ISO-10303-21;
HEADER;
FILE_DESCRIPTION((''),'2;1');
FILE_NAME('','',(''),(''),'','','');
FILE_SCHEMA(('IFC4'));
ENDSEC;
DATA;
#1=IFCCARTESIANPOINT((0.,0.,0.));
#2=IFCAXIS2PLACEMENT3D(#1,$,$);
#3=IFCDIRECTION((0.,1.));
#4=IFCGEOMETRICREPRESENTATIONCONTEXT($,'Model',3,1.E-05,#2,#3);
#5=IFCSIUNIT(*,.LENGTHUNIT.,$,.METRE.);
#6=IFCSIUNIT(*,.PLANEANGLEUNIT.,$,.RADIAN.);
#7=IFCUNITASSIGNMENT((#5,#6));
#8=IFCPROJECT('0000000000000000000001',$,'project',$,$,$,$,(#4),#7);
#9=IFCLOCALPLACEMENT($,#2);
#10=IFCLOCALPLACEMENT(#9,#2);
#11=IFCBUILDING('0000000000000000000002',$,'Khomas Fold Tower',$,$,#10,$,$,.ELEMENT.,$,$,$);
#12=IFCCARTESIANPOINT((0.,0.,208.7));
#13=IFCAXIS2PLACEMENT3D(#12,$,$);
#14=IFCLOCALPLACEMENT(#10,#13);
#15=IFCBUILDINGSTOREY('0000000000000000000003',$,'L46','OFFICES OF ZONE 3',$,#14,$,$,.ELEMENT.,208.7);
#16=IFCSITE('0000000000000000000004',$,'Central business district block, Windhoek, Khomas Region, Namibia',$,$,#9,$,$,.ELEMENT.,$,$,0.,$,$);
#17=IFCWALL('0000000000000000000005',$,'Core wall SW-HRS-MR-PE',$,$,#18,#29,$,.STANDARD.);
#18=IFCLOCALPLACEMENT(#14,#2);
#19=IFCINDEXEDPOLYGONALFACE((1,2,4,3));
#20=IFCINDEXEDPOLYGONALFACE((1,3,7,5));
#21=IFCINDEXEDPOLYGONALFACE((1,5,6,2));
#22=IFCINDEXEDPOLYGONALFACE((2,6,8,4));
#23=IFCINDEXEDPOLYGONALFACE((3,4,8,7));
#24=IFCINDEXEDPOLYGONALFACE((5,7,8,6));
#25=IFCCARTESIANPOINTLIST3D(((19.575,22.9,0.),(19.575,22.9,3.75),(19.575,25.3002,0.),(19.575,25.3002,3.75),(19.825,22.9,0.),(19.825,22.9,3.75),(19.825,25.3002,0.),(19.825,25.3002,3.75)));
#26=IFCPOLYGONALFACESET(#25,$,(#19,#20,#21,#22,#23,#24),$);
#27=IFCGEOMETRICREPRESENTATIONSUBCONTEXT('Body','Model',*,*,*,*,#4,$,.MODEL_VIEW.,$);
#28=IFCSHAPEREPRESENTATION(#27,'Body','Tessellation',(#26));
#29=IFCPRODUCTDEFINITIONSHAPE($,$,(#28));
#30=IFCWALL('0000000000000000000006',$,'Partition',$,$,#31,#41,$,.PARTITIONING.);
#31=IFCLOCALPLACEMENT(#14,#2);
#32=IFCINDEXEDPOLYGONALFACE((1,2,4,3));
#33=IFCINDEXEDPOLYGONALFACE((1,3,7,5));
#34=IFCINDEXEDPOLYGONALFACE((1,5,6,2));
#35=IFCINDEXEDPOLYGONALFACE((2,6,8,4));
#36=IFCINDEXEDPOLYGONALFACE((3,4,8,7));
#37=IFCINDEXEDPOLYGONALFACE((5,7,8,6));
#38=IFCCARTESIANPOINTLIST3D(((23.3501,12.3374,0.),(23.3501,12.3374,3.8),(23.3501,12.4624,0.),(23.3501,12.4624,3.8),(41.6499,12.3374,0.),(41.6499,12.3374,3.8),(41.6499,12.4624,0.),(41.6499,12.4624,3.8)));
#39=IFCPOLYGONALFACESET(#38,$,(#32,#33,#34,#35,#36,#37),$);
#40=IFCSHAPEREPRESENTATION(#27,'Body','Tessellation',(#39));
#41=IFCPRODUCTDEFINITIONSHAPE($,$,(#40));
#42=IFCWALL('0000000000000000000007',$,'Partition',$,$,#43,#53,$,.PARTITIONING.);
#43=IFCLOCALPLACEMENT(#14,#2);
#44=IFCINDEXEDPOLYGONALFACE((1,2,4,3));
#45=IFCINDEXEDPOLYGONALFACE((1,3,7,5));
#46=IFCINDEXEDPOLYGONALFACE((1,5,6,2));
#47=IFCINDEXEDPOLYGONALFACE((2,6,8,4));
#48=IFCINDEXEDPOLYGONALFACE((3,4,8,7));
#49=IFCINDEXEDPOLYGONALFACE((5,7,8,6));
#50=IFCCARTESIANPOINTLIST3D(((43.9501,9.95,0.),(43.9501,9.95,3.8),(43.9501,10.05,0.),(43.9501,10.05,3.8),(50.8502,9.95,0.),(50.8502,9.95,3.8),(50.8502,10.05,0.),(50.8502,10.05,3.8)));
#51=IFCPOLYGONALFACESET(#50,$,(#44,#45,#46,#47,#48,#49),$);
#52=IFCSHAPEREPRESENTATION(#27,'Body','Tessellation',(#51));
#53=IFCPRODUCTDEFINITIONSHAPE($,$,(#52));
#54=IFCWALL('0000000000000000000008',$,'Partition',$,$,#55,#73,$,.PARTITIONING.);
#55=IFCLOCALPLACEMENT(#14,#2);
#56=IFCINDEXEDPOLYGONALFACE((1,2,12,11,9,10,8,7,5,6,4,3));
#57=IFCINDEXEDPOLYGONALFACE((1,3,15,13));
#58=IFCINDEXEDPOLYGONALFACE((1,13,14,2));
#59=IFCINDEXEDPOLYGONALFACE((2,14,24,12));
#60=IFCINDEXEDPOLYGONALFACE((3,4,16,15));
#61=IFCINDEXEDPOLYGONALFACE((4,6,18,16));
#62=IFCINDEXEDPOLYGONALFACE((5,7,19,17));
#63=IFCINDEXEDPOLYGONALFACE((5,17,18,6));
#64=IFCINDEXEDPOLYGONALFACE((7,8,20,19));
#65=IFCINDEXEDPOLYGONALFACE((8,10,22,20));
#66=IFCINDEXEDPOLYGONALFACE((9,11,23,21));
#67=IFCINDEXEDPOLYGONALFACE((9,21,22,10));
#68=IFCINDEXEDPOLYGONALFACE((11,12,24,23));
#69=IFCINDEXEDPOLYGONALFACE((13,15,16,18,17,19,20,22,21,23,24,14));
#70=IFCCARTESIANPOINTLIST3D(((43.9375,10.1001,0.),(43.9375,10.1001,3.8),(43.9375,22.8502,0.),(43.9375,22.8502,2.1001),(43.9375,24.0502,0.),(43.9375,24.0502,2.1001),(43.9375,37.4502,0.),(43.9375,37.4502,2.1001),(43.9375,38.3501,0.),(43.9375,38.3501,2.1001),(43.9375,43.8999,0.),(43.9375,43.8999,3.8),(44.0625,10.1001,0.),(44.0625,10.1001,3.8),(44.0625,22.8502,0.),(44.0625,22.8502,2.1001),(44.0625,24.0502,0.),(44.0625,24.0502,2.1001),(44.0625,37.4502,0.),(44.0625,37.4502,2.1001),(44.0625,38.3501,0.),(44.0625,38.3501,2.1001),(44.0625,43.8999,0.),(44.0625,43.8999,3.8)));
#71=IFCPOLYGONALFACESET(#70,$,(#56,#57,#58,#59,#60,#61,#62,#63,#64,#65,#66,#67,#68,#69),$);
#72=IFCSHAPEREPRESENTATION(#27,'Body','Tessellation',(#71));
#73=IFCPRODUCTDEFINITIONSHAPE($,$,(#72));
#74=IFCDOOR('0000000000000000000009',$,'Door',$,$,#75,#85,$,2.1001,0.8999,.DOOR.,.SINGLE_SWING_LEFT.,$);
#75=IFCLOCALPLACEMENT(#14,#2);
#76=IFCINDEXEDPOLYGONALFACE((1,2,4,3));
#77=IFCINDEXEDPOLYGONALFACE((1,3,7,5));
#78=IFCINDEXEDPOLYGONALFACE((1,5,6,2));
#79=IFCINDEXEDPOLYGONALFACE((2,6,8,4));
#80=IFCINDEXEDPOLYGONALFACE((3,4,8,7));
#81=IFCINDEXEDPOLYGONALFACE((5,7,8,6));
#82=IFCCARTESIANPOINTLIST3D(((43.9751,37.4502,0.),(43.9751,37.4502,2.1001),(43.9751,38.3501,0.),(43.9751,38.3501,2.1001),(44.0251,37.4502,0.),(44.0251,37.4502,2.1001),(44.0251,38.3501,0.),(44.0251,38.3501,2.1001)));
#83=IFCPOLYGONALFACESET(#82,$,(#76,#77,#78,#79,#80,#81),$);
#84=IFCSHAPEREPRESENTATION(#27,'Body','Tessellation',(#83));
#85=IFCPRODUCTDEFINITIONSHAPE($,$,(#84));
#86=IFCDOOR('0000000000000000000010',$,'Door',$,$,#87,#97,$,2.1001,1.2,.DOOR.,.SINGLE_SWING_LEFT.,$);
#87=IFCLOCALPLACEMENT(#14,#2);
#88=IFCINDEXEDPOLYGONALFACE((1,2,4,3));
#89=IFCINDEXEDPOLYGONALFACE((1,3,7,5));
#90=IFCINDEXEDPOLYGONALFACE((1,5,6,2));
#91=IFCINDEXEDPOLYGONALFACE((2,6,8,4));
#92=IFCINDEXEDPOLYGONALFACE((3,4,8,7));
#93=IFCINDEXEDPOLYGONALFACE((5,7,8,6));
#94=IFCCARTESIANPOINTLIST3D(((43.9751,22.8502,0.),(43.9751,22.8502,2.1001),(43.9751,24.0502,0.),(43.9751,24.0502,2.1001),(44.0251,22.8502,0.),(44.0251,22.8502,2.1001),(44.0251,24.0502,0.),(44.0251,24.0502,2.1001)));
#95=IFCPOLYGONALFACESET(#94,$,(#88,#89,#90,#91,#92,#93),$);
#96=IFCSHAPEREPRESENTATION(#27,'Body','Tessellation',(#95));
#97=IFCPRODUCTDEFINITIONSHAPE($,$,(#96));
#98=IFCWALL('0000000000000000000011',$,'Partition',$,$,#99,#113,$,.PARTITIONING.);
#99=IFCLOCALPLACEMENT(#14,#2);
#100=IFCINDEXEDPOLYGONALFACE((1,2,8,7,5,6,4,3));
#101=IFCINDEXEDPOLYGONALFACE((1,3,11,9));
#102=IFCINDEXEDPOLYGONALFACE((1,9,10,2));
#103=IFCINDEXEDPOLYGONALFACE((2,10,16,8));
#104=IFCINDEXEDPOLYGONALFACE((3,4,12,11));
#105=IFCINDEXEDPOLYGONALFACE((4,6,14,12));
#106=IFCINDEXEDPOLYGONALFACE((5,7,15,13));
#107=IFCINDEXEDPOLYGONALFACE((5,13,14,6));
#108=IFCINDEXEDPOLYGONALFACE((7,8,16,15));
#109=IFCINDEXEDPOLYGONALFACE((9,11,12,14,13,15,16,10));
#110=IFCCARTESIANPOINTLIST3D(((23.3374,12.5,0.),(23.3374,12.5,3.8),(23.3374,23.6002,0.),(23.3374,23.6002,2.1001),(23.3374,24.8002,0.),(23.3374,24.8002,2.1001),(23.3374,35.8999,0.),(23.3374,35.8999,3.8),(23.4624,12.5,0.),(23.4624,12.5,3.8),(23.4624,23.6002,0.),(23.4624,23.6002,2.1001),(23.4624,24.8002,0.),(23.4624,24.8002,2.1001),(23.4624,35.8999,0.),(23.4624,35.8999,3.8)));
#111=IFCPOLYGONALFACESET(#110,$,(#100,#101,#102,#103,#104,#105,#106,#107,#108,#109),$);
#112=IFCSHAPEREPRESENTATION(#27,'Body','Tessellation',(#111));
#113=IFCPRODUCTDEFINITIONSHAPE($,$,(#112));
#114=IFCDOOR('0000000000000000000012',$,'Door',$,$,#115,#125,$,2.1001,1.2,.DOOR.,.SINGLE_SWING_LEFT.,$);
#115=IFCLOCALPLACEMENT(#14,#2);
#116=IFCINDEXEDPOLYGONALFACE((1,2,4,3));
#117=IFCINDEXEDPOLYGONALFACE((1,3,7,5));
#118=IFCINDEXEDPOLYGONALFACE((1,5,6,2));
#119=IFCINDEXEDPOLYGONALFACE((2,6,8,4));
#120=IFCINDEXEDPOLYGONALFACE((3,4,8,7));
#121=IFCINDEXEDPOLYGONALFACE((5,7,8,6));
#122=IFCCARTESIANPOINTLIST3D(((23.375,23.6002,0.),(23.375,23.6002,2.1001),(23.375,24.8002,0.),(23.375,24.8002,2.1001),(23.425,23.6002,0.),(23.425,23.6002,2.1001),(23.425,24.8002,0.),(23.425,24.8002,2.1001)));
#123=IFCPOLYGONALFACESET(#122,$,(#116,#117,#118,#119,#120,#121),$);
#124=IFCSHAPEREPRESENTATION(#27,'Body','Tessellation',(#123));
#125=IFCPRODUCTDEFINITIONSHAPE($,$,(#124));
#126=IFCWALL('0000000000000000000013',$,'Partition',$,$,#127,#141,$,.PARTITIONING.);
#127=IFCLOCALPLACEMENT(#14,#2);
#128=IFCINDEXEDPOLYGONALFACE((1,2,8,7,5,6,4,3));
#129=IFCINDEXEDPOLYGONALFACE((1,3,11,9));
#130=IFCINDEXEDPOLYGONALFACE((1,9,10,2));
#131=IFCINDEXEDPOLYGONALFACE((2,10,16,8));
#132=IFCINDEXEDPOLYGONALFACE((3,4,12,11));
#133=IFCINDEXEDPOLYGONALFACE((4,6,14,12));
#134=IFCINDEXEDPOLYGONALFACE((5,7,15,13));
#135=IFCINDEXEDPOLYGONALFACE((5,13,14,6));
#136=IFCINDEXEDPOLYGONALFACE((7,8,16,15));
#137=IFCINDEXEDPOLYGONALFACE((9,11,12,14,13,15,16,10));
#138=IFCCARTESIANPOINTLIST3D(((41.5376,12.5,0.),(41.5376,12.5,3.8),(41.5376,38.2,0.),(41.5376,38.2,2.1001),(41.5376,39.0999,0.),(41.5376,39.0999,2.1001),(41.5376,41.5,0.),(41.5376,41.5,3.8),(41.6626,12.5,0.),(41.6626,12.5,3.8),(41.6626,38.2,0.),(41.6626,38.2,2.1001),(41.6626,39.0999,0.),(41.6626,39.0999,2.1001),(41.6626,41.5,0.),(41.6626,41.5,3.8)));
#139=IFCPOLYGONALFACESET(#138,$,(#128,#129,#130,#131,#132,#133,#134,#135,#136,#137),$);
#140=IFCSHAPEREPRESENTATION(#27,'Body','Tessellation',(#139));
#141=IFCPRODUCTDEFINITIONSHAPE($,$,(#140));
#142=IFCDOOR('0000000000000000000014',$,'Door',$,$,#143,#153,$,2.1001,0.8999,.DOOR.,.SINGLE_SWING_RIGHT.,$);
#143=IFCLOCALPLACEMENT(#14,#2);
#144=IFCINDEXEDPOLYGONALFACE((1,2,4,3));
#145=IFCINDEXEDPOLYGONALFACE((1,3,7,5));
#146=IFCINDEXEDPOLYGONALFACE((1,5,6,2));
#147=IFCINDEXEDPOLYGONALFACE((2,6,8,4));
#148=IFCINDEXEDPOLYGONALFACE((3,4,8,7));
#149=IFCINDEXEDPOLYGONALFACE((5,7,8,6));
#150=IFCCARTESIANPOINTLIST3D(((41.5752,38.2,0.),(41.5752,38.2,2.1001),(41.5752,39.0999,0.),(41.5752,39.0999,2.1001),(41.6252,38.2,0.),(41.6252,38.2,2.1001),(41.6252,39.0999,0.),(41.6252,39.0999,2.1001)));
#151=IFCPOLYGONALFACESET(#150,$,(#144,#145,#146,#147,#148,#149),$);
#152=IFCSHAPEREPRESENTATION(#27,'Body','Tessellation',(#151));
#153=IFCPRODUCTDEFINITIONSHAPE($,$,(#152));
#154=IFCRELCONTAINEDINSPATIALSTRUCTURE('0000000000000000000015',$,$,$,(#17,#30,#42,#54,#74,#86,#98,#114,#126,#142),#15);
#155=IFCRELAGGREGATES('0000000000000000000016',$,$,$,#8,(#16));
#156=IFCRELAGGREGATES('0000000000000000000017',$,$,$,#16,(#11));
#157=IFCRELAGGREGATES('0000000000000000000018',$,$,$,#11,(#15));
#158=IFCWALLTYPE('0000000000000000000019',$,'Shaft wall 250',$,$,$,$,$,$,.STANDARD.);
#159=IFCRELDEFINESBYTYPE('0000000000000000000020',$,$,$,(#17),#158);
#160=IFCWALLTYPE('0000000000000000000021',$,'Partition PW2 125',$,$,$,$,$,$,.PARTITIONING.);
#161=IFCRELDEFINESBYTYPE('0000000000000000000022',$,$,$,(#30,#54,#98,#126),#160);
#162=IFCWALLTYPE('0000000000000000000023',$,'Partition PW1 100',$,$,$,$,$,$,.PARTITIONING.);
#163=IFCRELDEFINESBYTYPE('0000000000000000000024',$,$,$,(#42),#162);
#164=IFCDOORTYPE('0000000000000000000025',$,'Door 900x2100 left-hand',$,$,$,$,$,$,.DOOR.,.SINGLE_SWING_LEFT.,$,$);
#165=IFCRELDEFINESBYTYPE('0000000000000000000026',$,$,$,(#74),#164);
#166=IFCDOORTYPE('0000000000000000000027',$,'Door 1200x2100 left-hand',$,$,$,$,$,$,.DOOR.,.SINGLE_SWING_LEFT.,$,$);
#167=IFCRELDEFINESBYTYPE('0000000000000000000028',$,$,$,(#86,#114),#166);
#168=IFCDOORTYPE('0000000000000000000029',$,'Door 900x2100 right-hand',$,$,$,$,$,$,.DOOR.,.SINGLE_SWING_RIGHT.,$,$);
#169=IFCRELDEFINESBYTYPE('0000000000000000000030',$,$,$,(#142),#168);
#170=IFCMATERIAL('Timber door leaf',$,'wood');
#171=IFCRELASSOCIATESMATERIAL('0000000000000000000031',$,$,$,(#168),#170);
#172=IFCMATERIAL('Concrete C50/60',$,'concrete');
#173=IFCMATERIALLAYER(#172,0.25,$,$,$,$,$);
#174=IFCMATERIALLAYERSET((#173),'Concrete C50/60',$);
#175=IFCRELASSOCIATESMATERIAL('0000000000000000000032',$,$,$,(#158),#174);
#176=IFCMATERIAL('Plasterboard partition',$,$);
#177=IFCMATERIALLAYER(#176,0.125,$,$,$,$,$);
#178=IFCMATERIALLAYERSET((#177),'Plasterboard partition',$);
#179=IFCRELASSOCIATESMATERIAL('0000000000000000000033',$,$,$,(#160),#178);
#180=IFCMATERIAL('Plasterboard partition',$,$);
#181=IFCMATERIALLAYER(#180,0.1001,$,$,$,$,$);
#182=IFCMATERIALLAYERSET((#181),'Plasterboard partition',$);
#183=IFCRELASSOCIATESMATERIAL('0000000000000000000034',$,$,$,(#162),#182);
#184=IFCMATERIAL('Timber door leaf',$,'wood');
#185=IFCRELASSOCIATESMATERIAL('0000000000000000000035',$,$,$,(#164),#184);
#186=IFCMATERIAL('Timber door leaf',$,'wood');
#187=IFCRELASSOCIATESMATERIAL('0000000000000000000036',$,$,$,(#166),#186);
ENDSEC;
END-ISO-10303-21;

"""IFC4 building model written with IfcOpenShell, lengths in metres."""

from ifc_helpers import new_model, si_unit, direction, frame, frame_2d, origin, place, context, subcontext, project, spatial, rectangle, extrude, source, transform, mapped, material, layer, layer_set, type_object, element, fill, save


model = new_model("IFC4")

# Units and contexts
model_context = context("Model", 3, precision=1e-05, world=origin(), true_north=direction((0.0, 1.0)))
body_context = subcontext(model_context, "Body", "Model", "MODEL_VIEW")
ifc_project = project(units=[si_unit("LENGTHUNIT", "METRE"), si_unit("PLANEANGLEUNIT", "RADIAN")], contexts=[model_context])

# Site, building, storey
site_placement = place(None, origin())
site = spatial("IfcSite", under=ifc_project, at=site_placement, Name="Central business district block, Windhoek, Khomas Region, Namibia", CompositionType="ELEMENT", RefElevation=0.0)
building_placement = place(site_placement, origin())
building = spatial("IfcBuilding", under=site, at=building_placement, Name="Khomas Fold Tower", CompositionType="ELEMENT")
storey_placement = place(building_placement, frame((0.0, 0.0, 208.7)))
storey = spatial("IfcBuildingStorey", under=building, at=storey_placement, Name="L46", Description="OFFICES OF ZONE 3", CompositionType="ELEMENT", Elevation=208.7)

# Shared definitions
ifc_material_1 = material(Name="Timber door leaf", Category="wood")
door_type_1 = type_object("IfcDoorType", Name="Door 900x2100 right-hand", OperationType="SINGLE_SWING_RIGHT", PredefinedType="DOOR", material=ifc_material_1)

# Walls
ifc_material_2 = material(Name="Concrete C50/60", Category="concrete")
ifc_layer_1 = layer(ifc_material_2, 0.25)
ifc_layer_set_1 = layer_set([ifc_layer_1], Name="Concrete C50/60")
wall_type_1 = type_object("IfcWallType", Name="Shaft wall 250", PredefinedType="STANDARD", material=ifc_layer_set_1)
shared_shape_1 = source(origin(), body_context, "Body", "SweptSolid", [
    extrude(rectangle(XDim=2.4001, YDim=0.25, at=frame_2d((1.2002, 0.0))), origin(), (0.0, 0.0, 1.0), 3.75),
])
wall_1_placement = place(storey_placement, frame((19.7, 22.8999, 0.0), z_axis=(0.0, 0.0, 1.0), x_axis=(0.0, 1.0, 0.0)))
element("IfcWall", 1, at=wall_1_placement, inside=storey, type_object=wall_type_1, Name="Core wall SW-HRS-MR-PE", PredefinedType="STANDARD", context=body_context, shape_type="MappedRepresentation", body=[
    mapped(shared_shape_1, transform((0.0, 0.0, 0.0))),
])
ifc_material_3 = material(Name="Plasterboard partition")
ifc_layer_2 = layer(ifc_material_3, 0.125)
ifc_layer_set_2 = layer_set([ifc_layer_2], Name="Plasterboard partition")
wall_type_2 = type_object("IfcWallType", Name="Partition PW2 125", PredefinedType="PARTITIONING", material=ifc_layer_set_2)
shared_shape_2 = source(origin(), body_context, "Body", "SweptSolid", [
    extrude(rectangle(XDim=18.2998, YDim=0.125, at=frame_2d((9.1499, 0.0))), origin(), (0.0, 0.0, 1.0), 3.8),
])
wall_2_placement = place(storey_placement, frame((23.3501, 12.3999, 0.0), z_axis=(0.0, 0.0, 1.0), x_axis=(1.0, 0.0, 0.0)))
element("IfcWall", 2, at=wall_2_placement, inside=storey, type_object=wall_type_2, Name="Partition", PredefinedType="PARTITIONING", context=body_context, shape_type="MappedRepresentation", body=[
    mapped(shared_shape_2, transform((0.0, 0.0, 0.0))),
])
ifc_material_4 = material(Name="Plasterboard partition")
ifc_layer_3 = layer(ifc_material_4, 0.1001)
ifc_layer_set_3 = layer_set([ifc_layer_3], Name="Plasterboard partition")
wall_type_3 = type_object("IfcWallType", Name="Partition PW1 100", PredefinedType="PARTITIONING", material=ifc_layer_set_3)
shared_shape_3 = source(origin(), body_context, "Body", "SweptSolid", [
    extrude(rectangle(XDim=6.9001, YDim=0.1001, at=frame_2d((3.4502, 0.0))), origin(), (0.0, 0.0, 1.0), 3.8),
])
wall_3_placement = place(storey_placement, frame((43.95, 10.0, 0.0), z_axis=(0.0, 0.0, 1.0), x_axis=(1.0, 0.0, 0.0)))
element("IfcWall", 3, at=wall_3_placement, inside=storey, type_object=wall_type_3, Name="Partition", PredefinedType="PARTITIONING", context=body_context, shape_type="MappedRepresentation", body=[
    mapped(shared_shape_3, transform((0.0, 0.0, 0.0))),
])

# Wall, openings, doors
shared_shape_4 = source(origin(), body_context, "Body", "SweptSolid", [
    extrude(rectangle(XDim=33.7998, YDim=0.125, at=frame_2d((16.8999, 0.0))), origin(), (0.0, 0.0, 1.0), 3.8),
])
wall_4_placement = place(storey_placement, frame((44.0, 10.1001, 0.0), z_axis=(0.0, 0.0, 1.0), x_axis=(0.0, 1.0, 0.0)))
wall_4 = element("IfcWall", 4, at=wall_4_placement, inside=storey, type_object=wall_type_2, Name="Partition", PredefinedType="PARTITIONING", context=body_context, shape_type="MappedRepresentation", body=[
    mapped(shared_shape_4, transform((0.0, 0.0, 0.0))),
])
shared_shape_5 = source(origin(), body_context, "Body", "SweptSolid", [
    extrude(rectangle(XDim=1.2, YDim=2.1001, at=frame_2d((0.6001, 1.05))), frame((0.0, 0.0725, 0.0), z_axis=(0.0, -1.0, 0.0), x_axis=(1.0, 0.0, 0.0)), (0.0, 0.0, 1.0), 0.145),
])
opening_1_placement = place(wall_4_placement, frame((12.75, 0.0, 0.0)))
opening_1 = element("IfcOpeningElement", 5, at=opening_1_placement, cuts=wall_4, PredefinedType="OPENING", context=body_context, shape_type="MappedRepresentation", body=[
    mapped(shared_shape_5, transform((0.0, 0.0, 0.0))),
])
shared_shape_6 = source(origin(), body_context, "Body", "SweptSolid", [
    extrude(rectangle(XDim=0.8999, YDim=2.1001, at=frame_2d((0.45, 1.05))), frame((0.0, 0.0725, 0.0), z_axis=(0.0, -1.0, 0.0), x_axis=(1.0, 0.0, 0.0)), (0.0, 0.0, 1.0), 0.145),
])
opening_2_placement = place(wall_4_placement, frame((27.3501, 0.0, 0.0)))
opening_2 = element("IfcOpeningElement", 6, at=opening_2_placement, cuts=wall_4, PredefinedType="OPENING", context=body_context, shape_type="MappedRepresentation", body=[
    mapped(shared_shape_6, transform((0.0, 0.0, 0.0))),
])
ifc_material_5 = material(Name="Timber door leaf", Category="wood")
door_type_2 = type_object("IfcDoorType", Name="Door 900x2100 left-hand", OperationType="SINGLE_SWING_LEFT", PredefinedType="DOOR", material=ifc_material_5)
shared_shape_7 = source(origin(), body_context, "Body", "SweptSolid", [
    extrude(rectangle(XDim=0.8999, YDim=2.1001, at=frame_2d((0.45, 1.05))), frame((0.0, 0.0249, 0.0), z_axis=(0.0, -1.0, 0.0), x_axis=(1.0, 0.0, 0.0)), (0.0, 0.0, 1.0), 0.05),
])
door_1_placement = place(opening_2_placement, origin())
door_1 = element("IfcDoor", 7, at=door_1_placement, inside=storey, type_object=door_type_2, Name="Door", OperationType="SINGLE_SWING_LEFT", OverallHeight=2.1001, OverallWidth=0.8999, PredefinedType="DOOR", context=body_context, shape_type="MappedRepresentation", body=[
    mapped(shared_shape_7, transform((0.0, 0.0, 0.0))),
])
fill(opening_2, door_1)
ifc_material_6 = material(Name="Timber door leaf", Category="wood")
door_type_3 = type_object("IfcDoorType", Name="Door 1200x2100 left-hand", OperationType="SINGLE_SWING_LEFT", PredefinedType="DOOR", material=ifc_material_6)
shared_shape_8 = source(origin(), body_context, "Body", "SweptSolid", [
    extrude(rectangle(XDim=1.2, YDim=2.1001, at=frame_2d((0.6001, 1.05))), frame((0.0, 0.0249, 0.0), z_axis=(0.0, -1.0, 0.0), x_axis=(1.0, 0.0, 0.0)), (0.0, 0.0, 1.0), 0.05),
])
door_2_placement = place(opening_1_placement, origin())
door_2 = element("IfcDoor", 8, at=door_2_placement, inside=storey, type_object=door_type_3, Name="Door", OperationType="SINGLE_SWING_LEFT", OverallHeight=2.1001, OverallWidth=1.2, PredefinedType="DOOR", context=body_context, shape_type="MappedRepresentation", body=[
    mapped(shared_shape_8, transform((0.0, 0.0, 0.0))),
])
fill(opening_1, door_2)

# Walls, openings, doors
shared_shape_9 = source(origin(), body_context, "Body", "SweptSolid", [
    extrude(rectangle(XDim=23.3999, YDim=0.125, at=frame_2d((11.7, 0.0))), origin(), (0.0, 0.0, 1.0), 3.8),
])
wall_5_placement = place(storey_placement, frame((23.3999, 12.5, 0.0), z_axis=(0.0, 0.0, 1.0), x_axis=(0.0, 1.0, 0.0)))
wall_5 = element("IfcWall", 9, at=wall_5_placement, inside=storey, type_object=wall_type_2, Name="Partition", PredefinedType="PARTITIONING", context=body_context, shape_type="MappedRepresentation", body=[
    mapped(shared_shape_9, transform((0.0, 0.0, 0.0))),
])
opening_3_placement = place(wall_5_placement, frame((11.1001, 0.0, 0.0)))
opening_3 = element("IfcOpeningElement", 10, at=opening_3_placement, cuts=wall_5, PredefinedType="OPENING", context=body_context, shape_type="MappedRepresentation", body=[
    mapped(shared_shape_5, transform((0.0, 0.0, 0.0))),
])
door_3_placement = place(opening_3_placement, origin())
door_3 = element("IfcDoor", 11, at=door_3_placement, inside=storey, type_object=door_type_3, Name="Door", OperationType="SINGLE_SWING_LEFT", OverallHeight=2.1001, OverallWidth=1.2, PredefinedType="DOOR", context=body_context, shape_type="MappedRepresentation", body=[
    mapped(shared_shape_8, transform((0.0, 0.0, 0.0))),
])
fill(opening_3, door_3)
shared_shape_10 = source(origin(), body_context, "Body", "SweptSolid", [
    extrude(rectangle(XDim=29.0, YDim=0.125, at=frame_2d((14.5, 0.0))), origin(), (0.0, 0.0, 1.0), 3.8),
])
wall_6_placement = place(storey_placement, frame((41.6001, 12.5, 0.0), z_axis=(0.0, 0.0, 1.0), x_axis=(0.0, 1.0, 0.0)))
wall_6 = element("IfcWall", 12, at=wall_6_placement, inside=storey, type_object=wall_type_2, Name="Partition", PredefinedType="PARTITIONING", context=body_context, shape_type="MappedRepresentation", body=[
    mapped(shared_shape_10, transform((0.0, 0.0, 0.0))),
])
opening_4_placement = place(wall_6_placement, frame((25.7, 0.0, 0.0)))
opening_4 = element("IfcOpeningElement", 13, at=opening_4_placement, cuts=wall_6, PredefinedType="OPENING", context=body_context, shape_type="MappedRepresentation", body=[
    mapped(shared_shape_6, transform((0.0, 0.0, 0.0))),
])
door_4_placement = place(opening_4_placement, origin())
door_4 = element("IfcDoor", 14, at=door_4_placement, inside=storey, type_object=door_type_1, Name="Door", OperationType="SINGLE_SWING_RIGHT", OverallHeight=2.1001, OverallWidth=0.8999, PredefinedType="DOOR", context=body_context, shape_type="MappedRepresentation", body=[
    mapped(shared_shape_7, transform((0.0, 0.0, 0.0))),
])
fill(opening_4, door_4)

save(model, "model.ifc")
